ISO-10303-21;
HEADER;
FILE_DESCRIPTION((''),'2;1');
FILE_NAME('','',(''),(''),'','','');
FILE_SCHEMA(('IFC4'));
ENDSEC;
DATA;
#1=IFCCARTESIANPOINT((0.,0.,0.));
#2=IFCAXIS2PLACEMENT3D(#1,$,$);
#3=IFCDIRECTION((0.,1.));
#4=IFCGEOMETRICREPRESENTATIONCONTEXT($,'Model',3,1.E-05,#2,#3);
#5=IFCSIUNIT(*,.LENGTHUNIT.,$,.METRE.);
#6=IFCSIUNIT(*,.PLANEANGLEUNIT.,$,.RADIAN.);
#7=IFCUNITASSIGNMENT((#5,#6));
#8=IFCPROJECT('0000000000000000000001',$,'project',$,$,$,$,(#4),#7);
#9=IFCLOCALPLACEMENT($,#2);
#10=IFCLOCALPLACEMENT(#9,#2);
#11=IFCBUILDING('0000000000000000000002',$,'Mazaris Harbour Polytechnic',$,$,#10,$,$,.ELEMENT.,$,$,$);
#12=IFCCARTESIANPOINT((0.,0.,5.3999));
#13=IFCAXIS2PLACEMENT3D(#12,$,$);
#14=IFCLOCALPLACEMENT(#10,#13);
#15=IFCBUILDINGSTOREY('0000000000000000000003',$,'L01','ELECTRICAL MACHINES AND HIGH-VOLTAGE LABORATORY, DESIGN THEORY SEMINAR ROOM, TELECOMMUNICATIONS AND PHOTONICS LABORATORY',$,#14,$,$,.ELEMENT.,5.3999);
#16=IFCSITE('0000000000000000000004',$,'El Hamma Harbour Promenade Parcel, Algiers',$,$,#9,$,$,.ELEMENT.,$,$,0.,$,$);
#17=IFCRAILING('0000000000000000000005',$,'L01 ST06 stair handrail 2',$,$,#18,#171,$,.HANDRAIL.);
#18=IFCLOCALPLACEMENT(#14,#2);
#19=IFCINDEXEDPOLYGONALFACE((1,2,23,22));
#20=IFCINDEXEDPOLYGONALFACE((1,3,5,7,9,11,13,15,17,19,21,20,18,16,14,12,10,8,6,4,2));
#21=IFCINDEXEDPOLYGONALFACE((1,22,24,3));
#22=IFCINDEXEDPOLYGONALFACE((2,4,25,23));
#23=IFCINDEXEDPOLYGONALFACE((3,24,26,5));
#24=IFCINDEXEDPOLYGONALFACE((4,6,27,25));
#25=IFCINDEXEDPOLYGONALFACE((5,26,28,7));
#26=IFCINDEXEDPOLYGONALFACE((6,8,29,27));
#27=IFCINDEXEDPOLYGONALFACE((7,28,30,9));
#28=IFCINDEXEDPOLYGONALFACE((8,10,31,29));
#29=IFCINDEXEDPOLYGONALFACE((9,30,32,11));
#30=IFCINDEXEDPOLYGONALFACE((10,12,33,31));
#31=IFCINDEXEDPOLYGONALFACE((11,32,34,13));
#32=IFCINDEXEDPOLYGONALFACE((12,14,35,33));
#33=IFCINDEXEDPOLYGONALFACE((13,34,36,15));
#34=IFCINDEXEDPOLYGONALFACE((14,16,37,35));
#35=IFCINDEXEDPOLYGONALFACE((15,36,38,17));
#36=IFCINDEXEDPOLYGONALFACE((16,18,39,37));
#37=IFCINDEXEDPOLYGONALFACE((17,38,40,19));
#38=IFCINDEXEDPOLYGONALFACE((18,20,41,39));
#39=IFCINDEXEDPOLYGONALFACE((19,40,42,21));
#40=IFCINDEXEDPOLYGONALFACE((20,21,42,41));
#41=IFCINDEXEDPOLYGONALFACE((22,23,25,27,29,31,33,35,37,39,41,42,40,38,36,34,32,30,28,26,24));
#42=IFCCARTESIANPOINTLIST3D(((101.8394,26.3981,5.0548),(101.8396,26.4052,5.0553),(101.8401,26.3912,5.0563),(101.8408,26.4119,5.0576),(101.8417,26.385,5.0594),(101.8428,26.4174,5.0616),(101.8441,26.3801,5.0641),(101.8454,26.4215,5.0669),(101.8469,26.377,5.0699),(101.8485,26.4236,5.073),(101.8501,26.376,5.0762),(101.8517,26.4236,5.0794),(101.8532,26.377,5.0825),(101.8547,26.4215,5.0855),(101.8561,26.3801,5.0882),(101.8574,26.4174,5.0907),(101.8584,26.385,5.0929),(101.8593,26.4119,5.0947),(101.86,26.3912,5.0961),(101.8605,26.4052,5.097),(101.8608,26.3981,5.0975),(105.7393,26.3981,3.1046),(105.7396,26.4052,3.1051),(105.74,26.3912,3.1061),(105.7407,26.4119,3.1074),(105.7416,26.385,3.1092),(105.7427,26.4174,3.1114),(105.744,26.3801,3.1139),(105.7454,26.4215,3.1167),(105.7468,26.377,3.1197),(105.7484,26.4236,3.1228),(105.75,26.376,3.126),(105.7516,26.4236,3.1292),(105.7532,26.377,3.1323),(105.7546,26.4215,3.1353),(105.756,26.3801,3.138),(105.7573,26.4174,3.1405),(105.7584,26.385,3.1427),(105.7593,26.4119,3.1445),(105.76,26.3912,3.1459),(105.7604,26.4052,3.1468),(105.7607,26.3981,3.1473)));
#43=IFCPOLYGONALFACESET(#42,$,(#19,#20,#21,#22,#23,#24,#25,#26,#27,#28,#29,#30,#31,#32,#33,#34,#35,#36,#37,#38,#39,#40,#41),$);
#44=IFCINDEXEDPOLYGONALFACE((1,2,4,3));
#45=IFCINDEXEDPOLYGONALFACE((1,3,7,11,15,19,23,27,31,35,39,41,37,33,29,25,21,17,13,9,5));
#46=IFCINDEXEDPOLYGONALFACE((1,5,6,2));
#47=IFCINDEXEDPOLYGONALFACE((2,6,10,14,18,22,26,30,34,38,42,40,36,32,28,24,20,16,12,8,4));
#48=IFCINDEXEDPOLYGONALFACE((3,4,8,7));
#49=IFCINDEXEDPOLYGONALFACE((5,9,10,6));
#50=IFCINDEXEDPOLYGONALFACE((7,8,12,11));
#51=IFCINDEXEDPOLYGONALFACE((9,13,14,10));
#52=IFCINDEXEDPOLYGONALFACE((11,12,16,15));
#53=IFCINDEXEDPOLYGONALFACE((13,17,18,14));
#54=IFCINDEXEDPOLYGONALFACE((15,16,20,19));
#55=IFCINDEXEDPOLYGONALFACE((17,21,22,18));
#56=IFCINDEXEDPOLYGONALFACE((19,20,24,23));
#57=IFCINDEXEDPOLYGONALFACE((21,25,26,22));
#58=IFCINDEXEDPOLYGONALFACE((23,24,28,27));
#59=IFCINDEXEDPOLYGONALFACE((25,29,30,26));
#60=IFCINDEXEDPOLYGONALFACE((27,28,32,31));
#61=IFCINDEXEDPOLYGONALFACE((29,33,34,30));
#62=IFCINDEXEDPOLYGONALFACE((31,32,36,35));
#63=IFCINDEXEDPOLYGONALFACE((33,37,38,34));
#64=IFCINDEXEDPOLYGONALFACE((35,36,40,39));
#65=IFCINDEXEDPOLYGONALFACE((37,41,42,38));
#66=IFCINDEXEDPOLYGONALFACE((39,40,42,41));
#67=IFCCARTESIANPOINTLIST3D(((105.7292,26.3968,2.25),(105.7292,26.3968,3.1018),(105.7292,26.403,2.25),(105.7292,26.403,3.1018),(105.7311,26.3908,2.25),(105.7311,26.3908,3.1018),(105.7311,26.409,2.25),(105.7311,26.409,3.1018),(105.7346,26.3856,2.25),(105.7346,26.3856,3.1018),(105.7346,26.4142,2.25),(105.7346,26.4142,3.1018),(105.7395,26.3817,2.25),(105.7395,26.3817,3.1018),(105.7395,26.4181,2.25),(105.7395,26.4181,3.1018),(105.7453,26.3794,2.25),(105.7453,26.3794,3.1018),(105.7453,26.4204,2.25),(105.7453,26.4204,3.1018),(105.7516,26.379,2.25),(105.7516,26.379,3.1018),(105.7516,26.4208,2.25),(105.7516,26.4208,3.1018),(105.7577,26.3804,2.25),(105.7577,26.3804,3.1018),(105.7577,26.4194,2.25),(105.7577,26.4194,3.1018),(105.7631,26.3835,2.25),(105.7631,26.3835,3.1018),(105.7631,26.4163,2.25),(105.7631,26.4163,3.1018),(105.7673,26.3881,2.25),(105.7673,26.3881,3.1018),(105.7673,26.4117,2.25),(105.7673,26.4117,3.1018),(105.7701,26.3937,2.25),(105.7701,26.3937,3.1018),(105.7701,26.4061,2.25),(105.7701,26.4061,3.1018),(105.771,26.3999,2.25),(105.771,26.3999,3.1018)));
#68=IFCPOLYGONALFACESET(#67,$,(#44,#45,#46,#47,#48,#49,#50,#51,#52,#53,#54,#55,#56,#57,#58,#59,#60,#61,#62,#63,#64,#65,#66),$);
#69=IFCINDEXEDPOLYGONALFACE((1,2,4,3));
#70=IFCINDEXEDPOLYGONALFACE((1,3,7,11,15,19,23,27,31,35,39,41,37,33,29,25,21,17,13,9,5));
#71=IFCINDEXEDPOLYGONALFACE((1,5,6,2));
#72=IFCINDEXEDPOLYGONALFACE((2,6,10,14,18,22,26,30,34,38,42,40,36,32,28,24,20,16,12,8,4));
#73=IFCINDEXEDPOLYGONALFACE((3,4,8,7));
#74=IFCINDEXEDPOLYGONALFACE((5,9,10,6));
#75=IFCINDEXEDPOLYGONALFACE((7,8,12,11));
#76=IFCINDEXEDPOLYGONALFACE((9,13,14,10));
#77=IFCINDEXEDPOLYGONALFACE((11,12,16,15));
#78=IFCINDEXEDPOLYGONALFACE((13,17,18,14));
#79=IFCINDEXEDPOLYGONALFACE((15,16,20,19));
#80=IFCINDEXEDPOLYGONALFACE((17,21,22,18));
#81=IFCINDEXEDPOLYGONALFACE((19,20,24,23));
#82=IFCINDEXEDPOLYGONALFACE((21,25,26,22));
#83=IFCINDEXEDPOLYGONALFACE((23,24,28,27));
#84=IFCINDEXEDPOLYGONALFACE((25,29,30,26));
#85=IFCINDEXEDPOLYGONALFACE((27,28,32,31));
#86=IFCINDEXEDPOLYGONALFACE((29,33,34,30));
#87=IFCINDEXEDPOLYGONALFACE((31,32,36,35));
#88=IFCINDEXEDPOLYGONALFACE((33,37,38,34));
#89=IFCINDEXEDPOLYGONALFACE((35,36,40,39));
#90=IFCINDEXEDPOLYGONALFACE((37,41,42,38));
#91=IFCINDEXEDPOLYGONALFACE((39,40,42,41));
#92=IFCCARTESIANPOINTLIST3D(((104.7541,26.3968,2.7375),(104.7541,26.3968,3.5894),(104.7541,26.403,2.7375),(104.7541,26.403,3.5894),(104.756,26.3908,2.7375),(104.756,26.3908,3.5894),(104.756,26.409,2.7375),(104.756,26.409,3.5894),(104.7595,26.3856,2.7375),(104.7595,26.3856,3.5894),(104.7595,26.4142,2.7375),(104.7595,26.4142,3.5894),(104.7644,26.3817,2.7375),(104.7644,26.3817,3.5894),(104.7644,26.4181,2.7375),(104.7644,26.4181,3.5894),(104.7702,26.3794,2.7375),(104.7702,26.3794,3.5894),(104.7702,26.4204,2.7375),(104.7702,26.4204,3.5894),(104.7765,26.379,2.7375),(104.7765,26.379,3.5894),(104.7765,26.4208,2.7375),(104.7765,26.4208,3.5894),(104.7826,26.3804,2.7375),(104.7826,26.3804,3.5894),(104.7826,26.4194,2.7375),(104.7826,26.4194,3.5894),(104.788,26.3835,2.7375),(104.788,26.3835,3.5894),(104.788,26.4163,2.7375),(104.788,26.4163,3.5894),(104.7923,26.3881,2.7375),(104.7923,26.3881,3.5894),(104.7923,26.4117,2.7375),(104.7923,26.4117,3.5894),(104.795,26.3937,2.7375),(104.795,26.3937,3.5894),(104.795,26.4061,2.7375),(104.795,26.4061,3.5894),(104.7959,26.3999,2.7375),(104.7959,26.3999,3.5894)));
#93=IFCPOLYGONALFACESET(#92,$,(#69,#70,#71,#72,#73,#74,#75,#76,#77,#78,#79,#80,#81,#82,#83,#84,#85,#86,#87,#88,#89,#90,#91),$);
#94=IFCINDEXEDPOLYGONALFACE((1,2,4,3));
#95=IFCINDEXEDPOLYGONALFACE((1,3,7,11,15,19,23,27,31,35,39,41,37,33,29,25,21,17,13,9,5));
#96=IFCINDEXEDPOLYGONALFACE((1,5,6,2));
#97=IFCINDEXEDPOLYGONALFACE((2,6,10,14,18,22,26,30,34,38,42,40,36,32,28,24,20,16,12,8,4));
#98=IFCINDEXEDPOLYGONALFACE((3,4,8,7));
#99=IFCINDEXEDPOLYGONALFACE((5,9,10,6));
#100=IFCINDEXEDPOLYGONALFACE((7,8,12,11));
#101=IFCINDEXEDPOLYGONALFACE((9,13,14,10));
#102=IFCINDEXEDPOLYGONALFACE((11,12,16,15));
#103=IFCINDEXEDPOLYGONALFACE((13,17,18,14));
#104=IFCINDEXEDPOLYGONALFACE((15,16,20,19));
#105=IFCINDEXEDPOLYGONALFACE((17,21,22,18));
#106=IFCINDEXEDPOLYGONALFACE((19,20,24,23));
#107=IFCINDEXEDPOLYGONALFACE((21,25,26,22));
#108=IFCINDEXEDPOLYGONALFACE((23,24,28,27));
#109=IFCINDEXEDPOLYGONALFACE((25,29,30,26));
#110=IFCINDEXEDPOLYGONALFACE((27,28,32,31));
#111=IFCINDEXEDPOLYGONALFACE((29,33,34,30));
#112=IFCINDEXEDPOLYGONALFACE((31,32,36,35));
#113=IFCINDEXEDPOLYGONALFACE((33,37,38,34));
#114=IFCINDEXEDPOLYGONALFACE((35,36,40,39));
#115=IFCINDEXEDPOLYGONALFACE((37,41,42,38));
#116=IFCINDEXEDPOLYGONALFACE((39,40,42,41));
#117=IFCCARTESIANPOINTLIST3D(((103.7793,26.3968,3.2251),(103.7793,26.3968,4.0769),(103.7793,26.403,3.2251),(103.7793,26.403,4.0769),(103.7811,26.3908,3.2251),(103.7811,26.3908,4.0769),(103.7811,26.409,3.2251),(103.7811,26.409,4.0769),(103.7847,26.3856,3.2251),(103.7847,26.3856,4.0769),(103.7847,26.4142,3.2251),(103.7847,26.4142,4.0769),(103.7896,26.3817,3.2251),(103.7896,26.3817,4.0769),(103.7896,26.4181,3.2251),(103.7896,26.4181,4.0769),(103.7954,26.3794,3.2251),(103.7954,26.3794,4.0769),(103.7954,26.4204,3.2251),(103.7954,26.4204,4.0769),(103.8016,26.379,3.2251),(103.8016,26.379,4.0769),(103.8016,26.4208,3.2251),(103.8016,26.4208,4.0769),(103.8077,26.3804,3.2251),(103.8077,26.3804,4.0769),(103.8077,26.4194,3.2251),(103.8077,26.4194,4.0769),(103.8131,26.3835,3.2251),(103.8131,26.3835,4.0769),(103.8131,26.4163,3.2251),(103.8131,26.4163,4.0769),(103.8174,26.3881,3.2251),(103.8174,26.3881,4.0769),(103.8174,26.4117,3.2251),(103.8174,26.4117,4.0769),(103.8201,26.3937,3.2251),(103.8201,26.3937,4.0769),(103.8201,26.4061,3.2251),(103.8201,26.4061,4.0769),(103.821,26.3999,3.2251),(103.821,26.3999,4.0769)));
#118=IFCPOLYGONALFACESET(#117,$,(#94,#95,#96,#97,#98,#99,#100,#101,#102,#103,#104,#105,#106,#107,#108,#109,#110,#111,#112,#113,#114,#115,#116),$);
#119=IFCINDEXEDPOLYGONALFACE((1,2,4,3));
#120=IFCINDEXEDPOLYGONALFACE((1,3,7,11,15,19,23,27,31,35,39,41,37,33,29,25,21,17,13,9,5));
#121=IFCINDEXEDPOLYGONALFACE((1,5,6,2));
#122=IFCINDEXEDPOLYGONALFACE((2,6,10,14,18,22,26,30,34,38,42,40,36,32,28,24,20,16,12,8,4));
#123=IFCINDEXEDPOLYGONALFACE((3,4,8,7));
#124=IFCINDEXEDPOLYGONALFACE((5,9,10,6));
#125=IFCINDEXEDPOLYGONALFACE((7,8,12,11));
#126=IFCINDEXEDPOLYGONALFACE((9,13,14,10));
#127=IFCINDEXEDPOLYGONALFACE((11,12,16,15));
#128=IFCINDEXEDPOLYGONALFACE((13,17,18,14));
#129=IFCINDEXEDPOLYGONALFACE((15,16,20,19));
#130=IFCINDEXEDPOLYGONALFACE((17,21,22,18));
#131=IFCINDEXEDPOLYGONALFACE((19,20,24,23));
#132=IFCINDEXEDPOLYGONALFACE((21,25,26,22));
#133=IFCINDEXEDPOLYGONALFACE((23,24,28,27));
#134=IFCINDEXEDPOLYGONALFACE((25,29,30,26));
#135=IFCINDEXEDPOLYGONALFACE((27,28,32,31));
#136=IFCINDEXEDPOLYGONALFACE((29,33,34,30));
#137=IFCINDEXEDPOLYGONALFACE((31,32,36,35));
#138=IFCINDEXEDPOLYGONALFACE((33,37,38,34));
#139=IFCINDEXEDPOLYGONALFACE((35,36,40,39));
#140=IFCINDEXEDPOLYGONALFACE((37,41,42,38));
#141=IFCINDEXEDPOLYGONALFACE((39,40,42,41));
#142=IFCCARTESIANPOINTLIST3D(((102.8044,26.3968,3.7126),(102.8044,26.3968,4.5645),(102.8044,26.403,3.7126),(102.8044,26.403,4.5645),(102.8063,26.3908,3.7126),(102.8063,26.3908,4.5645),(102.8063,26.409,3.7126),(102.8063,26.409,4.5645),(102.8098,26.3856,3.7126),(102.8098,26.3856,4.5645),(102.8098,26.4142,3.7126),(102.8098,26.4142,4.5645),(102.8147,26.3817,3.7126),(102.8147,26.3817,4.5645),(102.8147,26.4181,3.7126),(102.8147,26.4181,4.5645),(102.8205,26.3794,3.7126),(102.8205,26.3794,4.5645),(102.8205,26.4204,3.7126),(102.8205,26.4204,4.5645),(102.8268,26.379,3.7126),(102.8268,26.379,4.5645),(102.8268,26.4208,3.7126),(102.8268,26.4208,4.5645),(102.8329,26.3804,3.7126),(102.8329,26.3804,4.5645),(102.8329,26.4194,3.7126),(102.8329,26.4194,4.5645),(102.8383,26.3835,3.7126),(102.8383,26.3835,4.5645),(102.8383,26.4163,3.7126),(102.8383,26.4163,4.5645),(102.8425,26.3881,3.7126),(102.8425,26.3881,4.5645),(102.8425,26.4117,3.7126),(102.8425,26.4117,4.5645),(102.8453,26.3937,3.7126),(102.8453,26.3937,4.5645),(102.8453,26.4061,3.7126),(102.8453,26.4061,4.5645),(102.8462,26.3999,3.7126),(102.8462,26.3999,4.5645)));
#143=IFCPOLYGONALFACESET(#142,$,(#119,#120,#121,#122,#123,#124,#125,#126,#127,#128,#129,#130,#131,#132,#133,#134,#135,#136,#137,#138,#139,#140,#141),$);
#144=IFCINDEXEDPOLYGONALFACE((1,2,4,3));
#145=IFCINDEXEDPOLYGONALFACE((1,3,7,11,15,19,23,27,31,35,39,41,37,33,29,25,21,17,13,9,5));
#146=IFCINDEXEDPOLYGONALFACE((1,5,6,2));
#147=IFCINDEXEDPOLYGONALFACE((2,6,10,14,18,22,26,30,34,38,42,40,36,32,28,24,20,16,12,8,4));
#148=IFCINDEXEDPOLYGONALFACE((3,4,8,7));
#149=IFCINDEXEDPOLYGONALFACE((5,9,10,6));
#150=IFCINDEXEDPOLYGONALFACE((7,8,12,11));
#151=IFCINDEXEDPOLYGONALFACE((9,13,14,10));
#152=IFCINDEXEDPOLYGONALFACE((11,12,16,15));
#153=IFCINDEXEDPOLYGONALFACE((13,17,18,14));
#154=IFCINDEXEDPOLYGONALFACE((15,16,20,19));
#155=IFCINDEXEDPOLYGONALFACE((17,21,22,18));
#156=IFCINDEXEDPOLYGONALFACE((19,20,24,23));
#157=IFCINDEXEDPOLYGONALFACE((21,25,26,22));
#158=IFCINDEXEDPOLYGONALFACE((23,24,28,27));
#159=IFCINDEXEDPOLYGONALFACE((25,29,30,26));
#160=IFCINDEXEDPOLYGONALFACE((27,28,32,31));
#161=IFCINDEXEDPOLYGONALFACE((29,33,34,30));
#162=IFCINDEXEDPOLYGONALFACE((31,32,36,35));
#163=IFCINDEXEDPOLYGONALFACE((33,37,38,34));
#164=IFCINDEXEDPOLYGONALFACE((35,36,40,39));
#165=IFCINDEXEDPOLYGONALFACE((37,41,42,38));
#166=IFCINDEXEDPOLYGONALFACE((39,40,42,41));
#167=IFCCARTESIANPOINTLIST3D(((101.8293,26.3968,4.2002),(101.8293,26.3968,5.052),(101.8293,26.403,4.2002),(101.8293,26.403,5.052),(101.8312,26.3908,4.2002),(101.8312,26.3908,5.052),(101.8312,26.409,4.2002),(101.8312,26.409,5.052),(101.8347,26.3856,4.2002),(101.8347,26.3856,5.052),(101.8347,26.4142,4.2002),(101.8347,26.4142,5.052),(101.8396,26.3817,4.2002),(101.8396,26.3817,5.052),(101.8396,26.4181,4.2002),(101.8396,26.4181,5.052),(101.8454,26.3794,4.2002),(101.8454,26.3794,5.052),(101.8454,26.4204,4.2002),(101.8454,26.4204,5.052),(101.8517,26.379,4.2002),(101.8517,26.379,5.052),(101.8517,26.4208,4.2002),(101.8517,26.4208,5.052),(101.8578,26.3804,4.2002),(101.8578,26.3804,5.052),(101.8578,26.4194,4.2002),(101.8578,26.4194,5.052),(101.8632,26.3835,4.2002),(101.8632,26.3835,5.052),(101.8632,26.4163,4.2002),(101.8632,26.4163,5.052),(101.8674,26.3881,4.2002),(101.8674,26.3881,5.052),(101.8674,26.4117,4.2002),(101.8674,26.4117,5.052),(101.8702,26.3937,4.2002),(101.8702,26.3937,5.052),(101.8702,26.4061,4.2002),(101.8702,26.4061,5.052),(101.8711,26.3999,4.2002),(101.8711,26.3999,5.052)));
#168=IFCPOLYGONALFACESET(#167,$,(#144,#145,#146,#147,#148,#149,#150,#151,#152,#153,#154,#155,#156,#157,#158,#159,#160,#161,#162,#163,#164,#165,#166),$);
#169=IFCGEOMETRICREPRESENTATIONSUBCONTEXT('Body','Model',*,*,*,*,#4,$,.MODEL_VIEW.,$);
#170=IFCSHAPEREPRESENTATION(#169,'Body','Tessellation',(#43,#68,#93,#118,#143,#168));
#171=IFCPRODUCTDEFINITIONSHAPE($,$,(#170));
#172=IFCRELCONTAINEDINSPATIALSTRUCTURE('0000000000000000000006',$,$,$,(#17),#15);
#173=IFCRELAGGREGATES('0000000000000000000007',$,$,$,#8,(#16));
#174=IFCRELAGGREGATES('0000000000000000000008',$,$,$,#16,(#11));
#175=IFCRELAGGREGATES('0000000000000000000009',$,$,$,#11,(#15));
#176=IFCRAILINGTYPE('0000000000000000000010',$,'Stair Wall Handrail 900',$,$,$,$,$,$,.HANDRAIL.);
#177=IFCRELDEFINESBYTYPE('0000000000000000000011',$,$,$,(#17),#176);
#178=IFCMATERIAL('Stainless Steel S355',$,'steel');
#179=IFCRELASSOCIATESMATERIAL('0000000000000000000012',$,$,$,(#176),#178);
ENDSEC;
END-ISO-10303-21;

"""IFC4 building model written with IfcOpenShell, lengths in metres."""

from ifc_helpers import new_model, si_unit, direction, frame, origin, origin_2d, place, context, subcontext, project, spatial, circle, extrude, material, type_object, element, save


model = new_model("IFC4")

# Units and contexts
model_context = context("Model", 3, precision=1e-05, world=origin(), true_north=direction((0.0, 1.0)))
body_context = subcontext(model_context, "Body", "Model", "MODEL_VIEW")
ifc_project = project(units=[si_unit("LENGTHUNIT", "METRE"), si_unit("PLANEANGLEUNIT", "RADIAN")], contexts=[model_context])

# Site, building, storey
site_placement = place(None, origin())
site = spatial("IfcSite", under=ifc_project, at=site_placement, Name="El Hamma Harbour Promenade Parcel, Algiers", CompositionType="ELEMENT", RefElevation=0.0)
building_placement = place(site_placement, origin())
building = spatial("IfcBuilding", under=site, at=building_placement, Name="Mazaris Harbour Polytechnic", CompositionType="ELEMENT")
storey_placement = place(building_placement, frame((0.0, 0.0, 5.3999)))
storey = spatial("IfcBuildingStorey", under=building, at=storey_placement, Name="L01", Description="ELECTRICAL MACHINES AND HIGH-VOLTAGE LABORATORY, DESIGN THEORY SEMINAR ROOM, TELECOMMUNICATIONS AND PHOTONICS LABORATORY", CompositionType="ELEMENT", Elevation=5.3999)

# Railing
ifc_material_1 = material(Name="Stainless Steel S355", Category="steel")
railing_type_1 = type_object("IfcRailingType", Name="Stair Wall Handrail 900", PredefinedType="HANDRAIL", material=ifc_material_1)
railing_1_placement = place(storey_placement, frame((105.75, 26.3999, 2.25)))
element("IfcRailing", 1, at=railing_1_placement, inside=storey, type_object=railing_type_1, Name="L01 ST06 stair handrail 2", PredefinedType="HANDRAIL", context=body_context, shape_type="SweptSolid", body=[
    extrude(circle(Radius=0.0239, at=origin_2d()), frame((0.0, 0.0, 0.876), z_axis=(-0.894405, 0.0, 0.447258), x_axis=(0.0, -1.0, 0.0)), (0.0, 0.0, 1.0), 4.3604),
    extrude(circle(Radius=0.021, at=origin_2d()), origin(), (0.0, 0.0, 1.0), 0.8518),
    extrude(circle(Radius=0.021, at=origin_2d()), frame((-0.9751, 0.0, 0.4875)), (0.0, 0.0, 1.0), 0.8518),
    extrude(circle(Radius=0.021, at=origin_2d()), frame((-1.95, 0.0, 0.9751)), (0.0, 0.0, 1.0), 0.8518),
    extrude(circle(Radius=0.021, at=origin_2d()), frame((-2.9248, 0.0, 1.4626)), (0.0, 0.0, 1.0), 0.8518),
    extrude(circle(Radius=0.021, at=origin_2d()), frame((-3.8999, 0.0, 1.9502)), (0.0, 0.0, 1.0), 0.8518),
])

save(model, "model.ifc")
